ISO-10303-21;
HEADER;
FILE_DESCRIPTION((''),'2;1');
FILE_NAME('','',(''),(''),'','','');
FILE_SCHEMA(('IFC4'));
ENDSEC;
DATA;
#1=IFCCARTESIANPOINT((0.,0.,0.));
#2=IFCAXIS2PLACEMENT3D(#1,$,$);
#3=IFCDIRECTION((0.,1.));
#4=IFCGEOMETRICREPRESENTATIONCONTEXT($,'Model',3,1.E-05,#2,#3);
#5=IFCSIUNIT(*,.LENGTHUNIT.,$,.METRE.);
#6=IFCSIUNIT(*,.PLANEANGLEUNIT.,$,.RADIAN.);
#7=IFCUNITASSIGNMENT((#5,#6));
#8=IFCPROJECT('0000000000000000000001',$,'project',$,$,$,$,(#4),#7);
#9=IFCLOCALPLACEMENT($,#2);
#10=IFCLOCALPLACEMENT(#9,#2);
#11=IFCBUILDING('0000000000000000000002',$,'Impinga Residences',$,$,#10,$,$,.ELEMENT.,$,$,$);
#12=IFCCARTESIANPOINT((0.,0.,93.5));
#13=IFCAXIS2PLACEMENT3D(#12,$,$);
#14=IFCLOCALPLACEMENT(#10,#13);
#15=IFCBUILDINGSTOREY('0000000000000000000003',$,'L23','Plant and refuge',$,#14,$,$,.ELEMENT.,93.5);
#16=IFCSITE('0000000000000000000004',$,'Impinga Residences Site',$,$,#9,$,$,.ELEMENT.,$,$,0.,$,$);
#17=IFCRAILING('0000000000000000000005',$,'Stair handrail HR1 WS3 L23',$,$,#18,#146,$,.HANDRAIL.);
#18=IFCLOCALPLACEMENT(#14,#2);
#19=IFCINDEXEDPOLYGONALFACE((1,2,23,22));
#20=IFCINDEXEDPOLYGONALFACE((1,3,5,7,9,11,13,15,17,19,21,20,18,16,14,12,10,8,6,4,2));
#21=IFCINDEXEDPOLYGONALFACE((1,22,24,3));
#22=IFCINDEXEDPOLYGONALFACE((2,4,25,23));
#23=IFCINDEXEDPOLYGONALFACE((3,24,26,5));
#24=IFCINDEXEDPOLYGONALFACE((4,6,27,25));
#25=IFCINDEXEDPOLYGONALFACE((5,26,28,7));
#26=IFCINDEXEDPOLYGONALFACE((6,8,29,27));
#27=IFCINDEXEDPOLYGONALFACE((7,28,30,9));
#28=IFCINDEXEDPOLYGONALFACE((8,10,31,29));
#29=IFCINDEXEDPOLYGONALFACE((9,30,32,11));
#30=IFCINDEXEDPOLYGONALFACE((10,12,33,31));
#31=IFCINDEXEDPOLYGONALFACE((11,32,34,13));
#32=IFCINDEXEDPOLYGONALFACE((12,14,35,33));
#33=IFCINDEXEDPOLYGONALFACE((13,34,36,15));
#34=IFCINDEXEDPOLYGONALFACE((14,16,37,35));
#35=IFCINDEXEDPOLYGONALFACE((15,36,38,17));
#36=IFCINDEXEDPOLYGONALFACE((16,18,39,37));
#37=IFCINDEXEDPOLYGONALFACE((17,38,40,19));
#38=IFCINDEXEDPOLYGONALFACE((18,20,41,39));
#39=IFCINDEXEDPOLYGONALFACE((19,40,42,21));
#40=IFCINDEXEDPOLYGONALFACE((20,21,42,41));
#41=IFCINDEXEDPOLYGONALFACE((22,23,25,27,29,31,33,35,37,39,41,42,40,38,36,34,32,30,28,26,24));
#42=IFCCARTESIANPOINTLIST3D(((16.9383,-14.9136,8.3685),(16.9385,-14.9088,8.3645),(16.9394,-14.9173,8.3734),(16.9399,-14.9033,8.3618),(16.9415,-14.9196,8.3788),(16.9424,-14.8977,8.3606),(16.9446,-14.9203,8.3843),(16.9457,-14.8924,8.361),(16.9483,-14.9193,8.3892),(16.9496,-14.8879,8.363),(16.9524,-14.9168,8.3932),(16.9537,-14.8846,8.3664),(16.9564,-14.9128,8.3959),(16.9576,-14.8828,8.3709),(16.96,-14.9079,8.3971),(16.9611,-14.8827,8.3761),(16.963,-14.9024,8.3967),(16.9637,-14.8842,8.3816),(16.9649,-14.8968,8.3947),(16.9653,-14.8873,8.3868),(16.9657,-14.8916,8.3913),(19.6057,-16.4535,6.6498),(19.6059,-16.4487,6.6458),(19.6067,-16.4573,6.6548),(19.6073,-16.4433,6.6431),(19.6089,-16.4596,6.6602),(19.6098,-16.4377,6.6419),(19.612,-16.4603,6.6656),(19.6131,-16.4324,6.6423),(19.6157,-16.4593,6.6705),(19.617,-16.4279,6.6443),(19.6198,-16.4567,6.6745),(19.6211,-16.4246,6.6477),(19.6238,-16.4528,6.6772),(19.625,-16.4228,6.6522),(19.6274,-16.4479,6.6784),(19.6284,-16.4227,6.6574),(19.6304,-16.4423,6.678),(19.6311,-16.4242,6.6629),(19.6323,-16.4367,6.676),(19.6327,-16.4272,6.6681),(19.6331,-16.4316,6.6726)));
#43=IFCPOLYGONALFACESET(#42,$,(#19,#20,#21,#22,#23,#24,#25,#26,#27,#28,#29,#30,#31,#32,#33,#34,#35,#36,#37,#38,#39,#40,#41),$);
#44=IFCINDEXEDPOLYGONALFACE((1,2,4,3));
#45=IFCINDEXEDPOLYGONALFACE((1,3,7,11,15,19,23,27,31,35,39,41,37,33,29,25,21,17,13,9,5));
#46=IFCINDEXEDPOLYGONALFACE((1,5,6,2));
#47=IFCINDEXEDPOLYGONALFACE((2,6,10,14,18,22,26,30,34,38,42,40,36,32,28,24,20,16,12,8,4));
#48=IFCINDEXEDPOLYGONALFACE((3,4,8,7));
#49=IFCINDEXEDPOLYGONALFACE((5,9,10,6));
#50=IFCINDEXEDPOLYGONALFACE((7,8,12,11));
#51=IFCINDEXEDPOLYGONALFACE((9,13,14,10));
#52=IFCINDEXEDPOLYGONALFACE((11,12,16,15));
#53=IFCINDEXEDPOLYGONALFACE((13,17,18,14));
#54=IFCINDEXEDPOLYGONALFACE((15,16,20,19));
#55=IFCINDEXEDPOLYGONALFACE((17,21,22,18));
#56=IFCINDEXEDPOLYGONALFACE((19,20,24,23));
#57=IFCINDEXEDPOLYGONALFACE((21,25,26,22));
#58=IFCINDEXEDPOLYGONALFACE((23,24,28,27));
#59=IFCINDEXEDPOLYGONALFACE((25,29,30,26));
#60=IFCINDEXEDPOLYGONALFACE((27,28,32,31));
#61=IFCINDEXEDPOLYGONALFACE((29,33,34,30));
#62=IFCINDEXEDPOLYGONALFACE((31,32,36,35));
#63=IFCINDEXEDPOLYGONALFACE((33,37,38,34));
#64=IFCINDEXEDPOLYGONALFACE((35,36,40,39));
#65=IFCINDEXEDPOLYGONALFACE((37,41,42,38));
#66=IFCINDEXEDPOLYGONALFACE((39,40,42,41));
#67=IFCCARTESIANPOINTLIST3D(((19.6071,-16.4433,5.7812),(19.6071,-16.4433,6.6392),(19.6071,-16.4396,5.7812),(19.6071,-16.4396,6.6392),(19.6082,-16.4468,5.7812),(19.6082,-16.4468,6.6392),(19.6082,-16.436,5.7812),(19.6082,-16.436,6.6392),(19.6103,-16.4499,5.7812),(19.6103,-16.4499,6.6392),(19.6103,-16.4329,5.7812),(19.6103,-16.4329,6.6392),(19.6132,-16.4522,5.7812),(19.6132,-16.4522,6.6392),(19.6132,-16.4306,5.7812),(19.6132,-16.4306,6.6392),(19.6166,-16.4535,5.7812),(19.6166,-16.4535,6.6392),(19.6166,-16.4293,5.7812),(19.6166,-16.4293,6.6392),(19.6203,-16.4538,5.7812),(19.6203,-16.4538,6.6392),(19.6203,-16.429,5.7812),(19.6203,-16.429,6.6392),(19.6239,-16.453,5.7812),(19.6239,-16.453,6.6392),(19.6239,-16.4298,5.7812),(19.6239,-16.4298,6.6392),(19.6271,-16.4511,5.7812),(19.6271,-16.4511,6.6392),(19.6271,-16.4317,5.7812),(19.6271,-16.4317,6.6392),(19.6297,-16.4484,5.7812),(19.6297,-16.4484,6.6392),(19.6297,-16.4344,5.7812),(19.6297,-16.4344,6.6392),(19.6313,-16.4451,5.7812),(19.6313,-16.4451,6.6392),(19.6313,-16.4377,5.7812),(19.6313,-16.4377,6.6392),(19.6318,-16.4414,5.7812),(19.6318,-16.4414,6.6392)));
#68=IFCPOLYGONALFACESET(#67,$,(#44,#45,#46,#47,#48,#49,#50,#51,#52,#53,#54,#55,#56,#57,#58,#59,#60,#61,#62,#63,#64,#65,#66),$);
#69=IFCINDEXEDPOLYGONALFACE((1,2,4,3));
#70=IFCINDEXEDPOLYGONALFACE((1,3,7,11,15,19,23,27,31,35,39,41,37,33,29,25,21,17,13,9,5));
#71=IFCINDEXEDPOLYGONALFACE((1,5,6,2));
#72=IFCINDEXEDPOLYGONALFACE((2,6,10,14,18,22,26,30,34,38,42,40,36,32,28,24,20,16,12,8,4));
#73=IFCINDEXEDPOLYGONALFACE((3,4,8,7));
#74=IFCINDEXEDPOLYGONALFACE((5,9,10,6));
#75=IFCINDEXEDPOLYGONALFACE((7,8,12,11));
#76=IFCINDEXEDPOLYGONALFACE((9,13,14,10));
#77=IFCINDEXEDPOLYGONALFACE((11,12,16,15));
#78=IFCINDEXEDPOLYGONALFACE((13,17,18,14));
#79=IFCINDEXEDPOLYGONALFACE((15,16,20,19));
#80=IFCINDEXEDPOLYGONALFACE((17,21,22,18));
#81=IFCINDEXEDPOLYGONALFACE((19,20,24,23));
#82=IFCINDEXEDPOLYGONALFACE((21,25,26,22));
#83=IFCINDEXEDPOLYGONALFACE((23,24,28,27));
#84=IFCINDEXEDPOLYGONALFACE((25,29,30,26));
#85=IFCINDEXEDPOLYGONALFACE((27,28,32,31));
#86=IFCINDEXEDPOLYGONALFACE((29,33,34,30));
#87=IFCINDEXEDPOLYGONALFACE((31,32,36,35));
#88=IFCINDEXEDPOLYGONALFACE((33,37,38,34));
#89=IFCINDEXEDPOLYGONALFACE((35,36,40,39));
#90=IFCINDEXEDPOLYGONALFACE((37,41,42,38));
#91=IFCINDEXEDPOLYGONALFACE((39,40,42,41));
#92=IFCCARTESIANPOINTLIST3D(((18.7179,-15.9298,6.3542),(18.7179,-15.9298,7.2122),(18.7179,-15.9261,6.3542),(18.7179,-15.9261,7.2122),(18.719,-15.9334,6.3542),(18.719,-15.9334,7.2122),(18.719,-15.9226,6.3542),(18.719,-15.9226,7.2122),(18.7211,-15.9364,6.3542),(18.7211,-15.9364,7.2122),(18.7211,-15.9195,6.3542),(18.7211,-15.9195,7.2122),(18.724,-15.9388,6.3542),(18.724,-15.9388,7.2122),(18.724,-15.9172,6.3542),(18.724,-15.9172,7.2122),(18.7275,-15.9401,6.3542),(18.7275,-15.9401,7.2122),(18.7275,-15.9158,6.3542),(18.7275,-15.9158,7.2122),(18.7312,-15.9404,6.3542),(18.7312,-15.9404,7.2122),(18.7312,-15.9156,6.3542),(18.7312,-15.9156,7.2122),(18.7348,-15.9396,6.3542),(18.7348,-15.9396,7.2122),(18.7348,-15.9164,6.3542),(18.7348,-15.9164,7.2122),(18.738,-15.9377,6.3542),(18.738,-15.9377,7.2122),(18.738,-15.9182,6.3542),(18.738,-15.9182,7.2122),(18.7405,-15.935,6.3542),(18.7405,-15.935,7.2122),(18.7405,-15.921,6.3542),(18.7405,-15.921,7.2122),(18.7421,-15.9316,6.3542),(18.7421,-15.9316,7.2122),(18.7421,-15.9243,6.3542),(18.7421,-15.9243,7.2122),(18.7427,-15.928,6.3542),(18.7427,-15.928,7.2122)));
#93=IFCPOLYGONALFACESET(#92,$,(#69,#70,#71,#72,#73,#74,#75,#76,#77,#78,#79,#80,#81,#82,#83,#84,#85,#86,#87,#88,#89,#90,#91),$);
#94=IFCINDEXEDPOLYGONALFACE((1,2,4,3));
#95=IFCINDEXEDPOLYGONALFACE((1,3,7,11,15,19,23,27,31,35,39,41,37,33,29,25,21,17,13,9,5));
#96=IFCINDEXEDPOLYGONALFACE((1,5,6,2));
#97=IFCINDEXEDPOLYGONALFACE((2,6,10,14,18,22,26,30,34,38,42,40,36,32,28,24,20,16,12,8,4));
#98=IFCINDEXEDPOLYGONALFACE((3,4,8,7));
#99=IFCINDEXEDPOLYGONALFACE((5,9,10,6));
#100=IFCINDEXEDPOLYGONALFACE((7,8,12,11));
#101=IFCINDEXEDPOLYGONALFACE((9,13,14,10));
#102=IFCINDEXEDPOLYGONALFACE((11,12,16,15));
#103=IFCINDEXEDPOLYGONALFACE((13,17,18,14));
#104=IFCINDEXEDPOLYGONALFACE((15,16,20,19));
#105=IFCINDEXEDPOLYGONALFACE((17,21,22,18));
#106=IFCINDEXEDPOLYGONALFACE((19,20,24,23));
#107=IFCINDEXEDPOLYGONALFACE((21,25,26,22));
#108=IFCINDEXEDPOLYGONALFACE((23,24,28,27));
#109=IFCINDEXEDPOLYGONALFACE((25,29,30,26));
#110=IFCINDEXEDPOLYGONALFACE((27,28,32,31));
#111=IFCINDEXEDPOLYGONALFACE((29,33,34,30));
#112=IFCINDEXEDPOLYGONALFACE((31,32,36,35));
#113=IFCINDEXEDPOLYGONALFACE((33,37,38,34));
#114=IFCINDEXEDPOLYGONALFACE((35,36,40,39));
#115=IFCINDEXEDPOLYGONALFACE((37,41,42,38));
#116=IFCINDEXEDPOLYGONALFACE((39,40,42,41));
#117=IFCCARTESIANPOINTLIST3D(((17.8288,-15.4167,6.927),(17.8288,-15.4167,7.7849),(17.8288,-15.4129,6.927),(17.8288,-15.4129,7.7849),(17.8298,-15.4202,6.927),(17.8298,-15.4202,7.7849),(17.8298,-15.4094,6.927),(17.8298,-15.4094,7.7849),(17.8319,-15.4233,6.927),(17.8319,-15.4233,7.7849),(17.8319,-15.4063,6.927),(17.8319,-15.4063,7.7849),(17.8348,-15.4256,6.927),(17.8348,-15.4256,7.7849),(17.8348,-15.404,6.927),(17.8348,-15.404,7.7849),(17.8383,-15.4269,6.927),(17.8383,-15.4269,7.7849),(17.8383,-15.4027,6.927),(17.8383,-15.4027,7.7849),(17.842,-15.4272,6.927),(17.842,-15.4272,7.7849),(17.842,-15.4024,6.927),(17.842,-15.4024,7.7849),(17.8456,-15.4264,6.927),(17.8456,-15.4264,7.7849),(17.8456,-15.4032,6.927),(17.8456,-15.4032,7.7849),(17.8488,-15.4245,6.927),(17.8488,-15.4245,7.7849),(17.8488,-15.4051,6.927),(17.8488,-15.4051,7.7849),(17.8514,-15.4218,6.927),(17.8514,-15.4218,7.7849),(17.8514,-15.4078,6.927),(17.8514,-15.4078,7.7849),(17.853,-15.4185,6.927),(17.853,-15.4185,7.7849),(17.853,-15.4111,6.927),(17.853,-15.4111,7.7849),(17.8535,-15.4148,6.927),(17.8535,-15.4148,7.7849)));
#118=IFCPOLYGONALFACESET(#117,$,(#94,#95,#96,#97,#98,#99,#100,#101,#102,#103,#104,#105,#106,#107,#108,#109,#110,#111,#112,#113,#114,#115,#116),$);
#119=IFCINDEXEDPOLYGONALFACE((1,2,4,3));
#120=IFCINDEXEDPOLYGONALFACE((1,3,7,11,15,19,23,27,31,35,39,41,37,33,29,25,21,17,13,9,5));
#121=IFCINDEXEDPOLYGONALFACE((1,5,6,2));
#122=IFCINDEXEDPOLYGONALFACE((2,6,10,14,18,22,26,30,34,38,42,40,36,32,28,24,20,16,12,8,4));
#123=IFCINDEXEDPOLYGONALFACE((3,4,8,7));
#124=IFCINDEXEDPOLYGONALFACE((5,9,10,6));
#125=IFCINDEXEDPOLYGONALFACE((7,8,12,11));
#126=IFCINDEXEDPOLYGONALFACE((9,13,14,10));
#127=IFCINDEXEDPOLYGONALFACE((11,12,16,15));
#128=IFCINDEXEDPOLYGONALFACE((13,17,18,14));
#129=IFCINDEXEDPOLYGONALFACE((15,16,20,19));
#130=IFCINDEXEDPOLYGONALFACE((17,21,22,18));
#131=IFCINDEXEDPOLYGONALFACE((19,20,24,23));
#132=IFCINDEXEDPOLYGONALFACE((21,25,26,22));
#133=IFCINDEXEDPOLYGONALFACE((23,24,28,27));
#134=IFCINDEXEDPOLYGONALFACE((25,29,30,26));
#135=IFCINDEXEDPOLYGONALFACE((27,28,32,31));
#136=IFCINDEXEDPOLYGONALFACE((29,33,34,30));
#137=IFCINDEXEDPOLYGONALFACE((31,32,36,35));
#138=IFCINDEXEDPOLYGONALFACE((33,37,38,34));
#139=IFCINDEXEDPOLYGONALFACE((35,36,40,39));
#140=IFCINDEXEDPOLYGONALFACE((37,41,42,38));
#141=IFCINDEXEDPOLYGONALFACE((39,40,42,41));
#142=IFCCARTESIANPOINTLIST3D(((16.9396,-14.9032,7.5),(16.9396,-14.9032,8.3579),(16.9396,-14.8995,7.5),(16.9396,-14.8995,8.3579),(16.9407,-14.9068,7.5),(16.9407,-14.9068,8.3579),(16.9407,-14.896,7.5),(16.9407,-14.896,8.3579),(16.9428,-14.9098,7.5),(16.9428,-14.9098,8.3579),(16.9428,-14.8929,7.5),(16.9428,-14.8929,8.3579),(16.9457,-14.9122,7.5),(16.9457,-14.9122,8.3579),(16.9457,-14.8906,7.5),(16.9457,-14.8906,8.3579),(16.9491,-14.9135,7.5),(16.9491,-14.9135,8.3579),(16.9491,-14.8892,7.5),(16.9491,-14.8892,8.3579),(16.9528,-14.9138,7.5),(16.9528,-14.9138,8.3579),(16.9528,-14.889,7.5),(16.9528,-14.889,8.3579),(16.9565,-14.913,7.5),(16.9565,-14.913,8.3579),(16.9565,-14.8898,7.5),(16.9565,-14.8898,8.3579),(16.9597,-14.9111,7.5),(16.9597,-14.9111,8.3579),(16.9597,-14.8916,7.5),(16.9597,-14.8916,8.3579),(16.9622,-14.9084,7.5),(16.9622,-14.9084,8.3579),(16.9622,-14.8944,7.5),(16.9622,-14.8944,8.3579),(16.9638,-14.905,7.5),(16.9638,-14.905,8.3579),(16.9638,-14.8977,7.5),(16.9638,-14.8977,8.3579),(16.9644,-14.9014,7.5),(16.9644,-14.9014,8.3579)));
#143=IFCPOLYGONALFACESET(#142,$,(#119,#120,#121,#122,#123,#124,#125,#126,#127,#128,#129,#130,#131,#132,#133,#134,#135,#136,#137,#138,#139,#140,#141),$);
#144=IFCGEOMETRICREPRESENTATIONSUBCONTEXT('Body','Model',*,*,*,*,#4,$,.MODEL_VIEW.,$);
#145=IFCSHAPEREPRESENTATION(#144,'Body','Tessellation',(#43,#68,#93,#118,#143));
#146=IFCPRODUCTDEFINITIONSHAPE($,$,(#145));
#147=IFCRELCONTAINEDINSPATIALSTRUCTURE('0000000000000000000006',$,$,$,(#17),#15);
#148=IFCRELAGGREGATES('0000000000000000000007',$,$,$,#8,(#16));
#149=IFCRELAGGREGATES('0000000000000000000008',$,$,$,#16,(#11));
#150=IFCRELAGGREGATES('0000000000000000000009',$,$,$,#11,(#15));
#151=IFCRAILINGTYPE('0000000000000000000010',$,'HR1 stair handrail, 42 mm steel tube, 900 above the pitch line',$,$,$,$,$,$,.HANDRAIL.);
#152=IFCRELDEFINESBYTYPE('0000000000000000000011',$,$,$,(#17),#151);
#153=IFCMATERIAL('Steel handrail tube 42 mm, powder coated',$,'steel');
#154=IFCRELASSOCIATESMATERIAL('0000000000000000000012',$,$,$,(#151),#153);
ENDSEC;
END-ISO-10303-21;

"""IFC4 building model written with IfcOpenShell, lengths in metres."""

from ifc_helpers import new_model, si_unit, direction, frame, origin, origin_2d, place, context, subcontext, project, spatial, circle, extrude, material, type_object, element, save


model = new_model("IFC4")

# Units and contexts
model_context = context("Model", 3, precision=1e-05, world=origin(), true_north=direction((0.0, 1.0)))
body_context = subcontext(model_context, "Body", "Model", "MODEL_VIEW")
ifc_project = project(units=[si_unit("LENGTHUNIT", "METRE"), si_unit("PLANEANGLEUNIT", "RADIAN")], contexts=[model_context])

# Site, building, storey
site_placement = place(None, origin())
site = spatial("IfcSite", under=ifc_project, at=site_placement, Name="Impinga Residences Site", CompositionType="ELEMENT", RefElevation=0.0)
building_placement = place(site_placement, origin())
building = spatial("IfcBuilding", under=site, at=building_placement, Name="Impinga Residences", CompositionType="ELEMENT")
storey_placement = place(building_placement, frame((0.0, 0.0, 93.5)))
storey = spatial("IfcBuildingStorey", under=building, at=storey_placement, Name="L23", Description="Plant and refuge", CompositionType="ELEMENT", Elevation=93.5)

# Railing
ifc_material_1 = material(Name="Steel handrail tube 42 mm, powder coated", Category="steel")
railing_type_1 = type_object("IfcRailingType", Name="HR1 stair handrail, 42 mm steel tube, 900 above the pitch line", PredefinedType="HANDRAIL", material=ifc_material_1)
railing_1_placement = place(storey_placement, frame((19.6194, -16.4414, 5.7812)))
element("IfcRailing", 1, at=railing_1_placement, inside=storey, type_object=railing_type_1, Name="Stair handrail HR1 WS3 L23", PredefinedType="HANDRAIL", context=body_context, shape_type="SweptSolid", body=[
    extrude(circle(Radius=0.021, at=origin_2d()), frame((0.0, 0.0, 0.8789), z_axis=(-0.756256, 0.436616, 0.487282), x_axis=(-0.499992, -0.86603, 0.0)), (0.0, 0.0, 1.0), 3.5271),
    extrude(circle(Radius=0.0125, at=origin_2d()), origin(), (0.0, 0.0, 1.0), 0.8579),
    extrude(circle(Radius=0.0125, at=origin_2d()), frame((-0.8892, 0.5134, 0.573)), (0.0, 0.0, 1.0), 0.8579),
    extrude(circle(Radius=0.0125, at=origin_2d()), frame((-1.7783, 1.0266, 1.1458)), (0.0, 0.0, 1.0), 0.8579),
    extrude(circle(Radius=0.0125, at=origin_2d()), frame((-2.6675, 1.54, 1.7188)), (0.0, 0.0, 1.0), 0.8579),
])

save(model, "model.ifc")
